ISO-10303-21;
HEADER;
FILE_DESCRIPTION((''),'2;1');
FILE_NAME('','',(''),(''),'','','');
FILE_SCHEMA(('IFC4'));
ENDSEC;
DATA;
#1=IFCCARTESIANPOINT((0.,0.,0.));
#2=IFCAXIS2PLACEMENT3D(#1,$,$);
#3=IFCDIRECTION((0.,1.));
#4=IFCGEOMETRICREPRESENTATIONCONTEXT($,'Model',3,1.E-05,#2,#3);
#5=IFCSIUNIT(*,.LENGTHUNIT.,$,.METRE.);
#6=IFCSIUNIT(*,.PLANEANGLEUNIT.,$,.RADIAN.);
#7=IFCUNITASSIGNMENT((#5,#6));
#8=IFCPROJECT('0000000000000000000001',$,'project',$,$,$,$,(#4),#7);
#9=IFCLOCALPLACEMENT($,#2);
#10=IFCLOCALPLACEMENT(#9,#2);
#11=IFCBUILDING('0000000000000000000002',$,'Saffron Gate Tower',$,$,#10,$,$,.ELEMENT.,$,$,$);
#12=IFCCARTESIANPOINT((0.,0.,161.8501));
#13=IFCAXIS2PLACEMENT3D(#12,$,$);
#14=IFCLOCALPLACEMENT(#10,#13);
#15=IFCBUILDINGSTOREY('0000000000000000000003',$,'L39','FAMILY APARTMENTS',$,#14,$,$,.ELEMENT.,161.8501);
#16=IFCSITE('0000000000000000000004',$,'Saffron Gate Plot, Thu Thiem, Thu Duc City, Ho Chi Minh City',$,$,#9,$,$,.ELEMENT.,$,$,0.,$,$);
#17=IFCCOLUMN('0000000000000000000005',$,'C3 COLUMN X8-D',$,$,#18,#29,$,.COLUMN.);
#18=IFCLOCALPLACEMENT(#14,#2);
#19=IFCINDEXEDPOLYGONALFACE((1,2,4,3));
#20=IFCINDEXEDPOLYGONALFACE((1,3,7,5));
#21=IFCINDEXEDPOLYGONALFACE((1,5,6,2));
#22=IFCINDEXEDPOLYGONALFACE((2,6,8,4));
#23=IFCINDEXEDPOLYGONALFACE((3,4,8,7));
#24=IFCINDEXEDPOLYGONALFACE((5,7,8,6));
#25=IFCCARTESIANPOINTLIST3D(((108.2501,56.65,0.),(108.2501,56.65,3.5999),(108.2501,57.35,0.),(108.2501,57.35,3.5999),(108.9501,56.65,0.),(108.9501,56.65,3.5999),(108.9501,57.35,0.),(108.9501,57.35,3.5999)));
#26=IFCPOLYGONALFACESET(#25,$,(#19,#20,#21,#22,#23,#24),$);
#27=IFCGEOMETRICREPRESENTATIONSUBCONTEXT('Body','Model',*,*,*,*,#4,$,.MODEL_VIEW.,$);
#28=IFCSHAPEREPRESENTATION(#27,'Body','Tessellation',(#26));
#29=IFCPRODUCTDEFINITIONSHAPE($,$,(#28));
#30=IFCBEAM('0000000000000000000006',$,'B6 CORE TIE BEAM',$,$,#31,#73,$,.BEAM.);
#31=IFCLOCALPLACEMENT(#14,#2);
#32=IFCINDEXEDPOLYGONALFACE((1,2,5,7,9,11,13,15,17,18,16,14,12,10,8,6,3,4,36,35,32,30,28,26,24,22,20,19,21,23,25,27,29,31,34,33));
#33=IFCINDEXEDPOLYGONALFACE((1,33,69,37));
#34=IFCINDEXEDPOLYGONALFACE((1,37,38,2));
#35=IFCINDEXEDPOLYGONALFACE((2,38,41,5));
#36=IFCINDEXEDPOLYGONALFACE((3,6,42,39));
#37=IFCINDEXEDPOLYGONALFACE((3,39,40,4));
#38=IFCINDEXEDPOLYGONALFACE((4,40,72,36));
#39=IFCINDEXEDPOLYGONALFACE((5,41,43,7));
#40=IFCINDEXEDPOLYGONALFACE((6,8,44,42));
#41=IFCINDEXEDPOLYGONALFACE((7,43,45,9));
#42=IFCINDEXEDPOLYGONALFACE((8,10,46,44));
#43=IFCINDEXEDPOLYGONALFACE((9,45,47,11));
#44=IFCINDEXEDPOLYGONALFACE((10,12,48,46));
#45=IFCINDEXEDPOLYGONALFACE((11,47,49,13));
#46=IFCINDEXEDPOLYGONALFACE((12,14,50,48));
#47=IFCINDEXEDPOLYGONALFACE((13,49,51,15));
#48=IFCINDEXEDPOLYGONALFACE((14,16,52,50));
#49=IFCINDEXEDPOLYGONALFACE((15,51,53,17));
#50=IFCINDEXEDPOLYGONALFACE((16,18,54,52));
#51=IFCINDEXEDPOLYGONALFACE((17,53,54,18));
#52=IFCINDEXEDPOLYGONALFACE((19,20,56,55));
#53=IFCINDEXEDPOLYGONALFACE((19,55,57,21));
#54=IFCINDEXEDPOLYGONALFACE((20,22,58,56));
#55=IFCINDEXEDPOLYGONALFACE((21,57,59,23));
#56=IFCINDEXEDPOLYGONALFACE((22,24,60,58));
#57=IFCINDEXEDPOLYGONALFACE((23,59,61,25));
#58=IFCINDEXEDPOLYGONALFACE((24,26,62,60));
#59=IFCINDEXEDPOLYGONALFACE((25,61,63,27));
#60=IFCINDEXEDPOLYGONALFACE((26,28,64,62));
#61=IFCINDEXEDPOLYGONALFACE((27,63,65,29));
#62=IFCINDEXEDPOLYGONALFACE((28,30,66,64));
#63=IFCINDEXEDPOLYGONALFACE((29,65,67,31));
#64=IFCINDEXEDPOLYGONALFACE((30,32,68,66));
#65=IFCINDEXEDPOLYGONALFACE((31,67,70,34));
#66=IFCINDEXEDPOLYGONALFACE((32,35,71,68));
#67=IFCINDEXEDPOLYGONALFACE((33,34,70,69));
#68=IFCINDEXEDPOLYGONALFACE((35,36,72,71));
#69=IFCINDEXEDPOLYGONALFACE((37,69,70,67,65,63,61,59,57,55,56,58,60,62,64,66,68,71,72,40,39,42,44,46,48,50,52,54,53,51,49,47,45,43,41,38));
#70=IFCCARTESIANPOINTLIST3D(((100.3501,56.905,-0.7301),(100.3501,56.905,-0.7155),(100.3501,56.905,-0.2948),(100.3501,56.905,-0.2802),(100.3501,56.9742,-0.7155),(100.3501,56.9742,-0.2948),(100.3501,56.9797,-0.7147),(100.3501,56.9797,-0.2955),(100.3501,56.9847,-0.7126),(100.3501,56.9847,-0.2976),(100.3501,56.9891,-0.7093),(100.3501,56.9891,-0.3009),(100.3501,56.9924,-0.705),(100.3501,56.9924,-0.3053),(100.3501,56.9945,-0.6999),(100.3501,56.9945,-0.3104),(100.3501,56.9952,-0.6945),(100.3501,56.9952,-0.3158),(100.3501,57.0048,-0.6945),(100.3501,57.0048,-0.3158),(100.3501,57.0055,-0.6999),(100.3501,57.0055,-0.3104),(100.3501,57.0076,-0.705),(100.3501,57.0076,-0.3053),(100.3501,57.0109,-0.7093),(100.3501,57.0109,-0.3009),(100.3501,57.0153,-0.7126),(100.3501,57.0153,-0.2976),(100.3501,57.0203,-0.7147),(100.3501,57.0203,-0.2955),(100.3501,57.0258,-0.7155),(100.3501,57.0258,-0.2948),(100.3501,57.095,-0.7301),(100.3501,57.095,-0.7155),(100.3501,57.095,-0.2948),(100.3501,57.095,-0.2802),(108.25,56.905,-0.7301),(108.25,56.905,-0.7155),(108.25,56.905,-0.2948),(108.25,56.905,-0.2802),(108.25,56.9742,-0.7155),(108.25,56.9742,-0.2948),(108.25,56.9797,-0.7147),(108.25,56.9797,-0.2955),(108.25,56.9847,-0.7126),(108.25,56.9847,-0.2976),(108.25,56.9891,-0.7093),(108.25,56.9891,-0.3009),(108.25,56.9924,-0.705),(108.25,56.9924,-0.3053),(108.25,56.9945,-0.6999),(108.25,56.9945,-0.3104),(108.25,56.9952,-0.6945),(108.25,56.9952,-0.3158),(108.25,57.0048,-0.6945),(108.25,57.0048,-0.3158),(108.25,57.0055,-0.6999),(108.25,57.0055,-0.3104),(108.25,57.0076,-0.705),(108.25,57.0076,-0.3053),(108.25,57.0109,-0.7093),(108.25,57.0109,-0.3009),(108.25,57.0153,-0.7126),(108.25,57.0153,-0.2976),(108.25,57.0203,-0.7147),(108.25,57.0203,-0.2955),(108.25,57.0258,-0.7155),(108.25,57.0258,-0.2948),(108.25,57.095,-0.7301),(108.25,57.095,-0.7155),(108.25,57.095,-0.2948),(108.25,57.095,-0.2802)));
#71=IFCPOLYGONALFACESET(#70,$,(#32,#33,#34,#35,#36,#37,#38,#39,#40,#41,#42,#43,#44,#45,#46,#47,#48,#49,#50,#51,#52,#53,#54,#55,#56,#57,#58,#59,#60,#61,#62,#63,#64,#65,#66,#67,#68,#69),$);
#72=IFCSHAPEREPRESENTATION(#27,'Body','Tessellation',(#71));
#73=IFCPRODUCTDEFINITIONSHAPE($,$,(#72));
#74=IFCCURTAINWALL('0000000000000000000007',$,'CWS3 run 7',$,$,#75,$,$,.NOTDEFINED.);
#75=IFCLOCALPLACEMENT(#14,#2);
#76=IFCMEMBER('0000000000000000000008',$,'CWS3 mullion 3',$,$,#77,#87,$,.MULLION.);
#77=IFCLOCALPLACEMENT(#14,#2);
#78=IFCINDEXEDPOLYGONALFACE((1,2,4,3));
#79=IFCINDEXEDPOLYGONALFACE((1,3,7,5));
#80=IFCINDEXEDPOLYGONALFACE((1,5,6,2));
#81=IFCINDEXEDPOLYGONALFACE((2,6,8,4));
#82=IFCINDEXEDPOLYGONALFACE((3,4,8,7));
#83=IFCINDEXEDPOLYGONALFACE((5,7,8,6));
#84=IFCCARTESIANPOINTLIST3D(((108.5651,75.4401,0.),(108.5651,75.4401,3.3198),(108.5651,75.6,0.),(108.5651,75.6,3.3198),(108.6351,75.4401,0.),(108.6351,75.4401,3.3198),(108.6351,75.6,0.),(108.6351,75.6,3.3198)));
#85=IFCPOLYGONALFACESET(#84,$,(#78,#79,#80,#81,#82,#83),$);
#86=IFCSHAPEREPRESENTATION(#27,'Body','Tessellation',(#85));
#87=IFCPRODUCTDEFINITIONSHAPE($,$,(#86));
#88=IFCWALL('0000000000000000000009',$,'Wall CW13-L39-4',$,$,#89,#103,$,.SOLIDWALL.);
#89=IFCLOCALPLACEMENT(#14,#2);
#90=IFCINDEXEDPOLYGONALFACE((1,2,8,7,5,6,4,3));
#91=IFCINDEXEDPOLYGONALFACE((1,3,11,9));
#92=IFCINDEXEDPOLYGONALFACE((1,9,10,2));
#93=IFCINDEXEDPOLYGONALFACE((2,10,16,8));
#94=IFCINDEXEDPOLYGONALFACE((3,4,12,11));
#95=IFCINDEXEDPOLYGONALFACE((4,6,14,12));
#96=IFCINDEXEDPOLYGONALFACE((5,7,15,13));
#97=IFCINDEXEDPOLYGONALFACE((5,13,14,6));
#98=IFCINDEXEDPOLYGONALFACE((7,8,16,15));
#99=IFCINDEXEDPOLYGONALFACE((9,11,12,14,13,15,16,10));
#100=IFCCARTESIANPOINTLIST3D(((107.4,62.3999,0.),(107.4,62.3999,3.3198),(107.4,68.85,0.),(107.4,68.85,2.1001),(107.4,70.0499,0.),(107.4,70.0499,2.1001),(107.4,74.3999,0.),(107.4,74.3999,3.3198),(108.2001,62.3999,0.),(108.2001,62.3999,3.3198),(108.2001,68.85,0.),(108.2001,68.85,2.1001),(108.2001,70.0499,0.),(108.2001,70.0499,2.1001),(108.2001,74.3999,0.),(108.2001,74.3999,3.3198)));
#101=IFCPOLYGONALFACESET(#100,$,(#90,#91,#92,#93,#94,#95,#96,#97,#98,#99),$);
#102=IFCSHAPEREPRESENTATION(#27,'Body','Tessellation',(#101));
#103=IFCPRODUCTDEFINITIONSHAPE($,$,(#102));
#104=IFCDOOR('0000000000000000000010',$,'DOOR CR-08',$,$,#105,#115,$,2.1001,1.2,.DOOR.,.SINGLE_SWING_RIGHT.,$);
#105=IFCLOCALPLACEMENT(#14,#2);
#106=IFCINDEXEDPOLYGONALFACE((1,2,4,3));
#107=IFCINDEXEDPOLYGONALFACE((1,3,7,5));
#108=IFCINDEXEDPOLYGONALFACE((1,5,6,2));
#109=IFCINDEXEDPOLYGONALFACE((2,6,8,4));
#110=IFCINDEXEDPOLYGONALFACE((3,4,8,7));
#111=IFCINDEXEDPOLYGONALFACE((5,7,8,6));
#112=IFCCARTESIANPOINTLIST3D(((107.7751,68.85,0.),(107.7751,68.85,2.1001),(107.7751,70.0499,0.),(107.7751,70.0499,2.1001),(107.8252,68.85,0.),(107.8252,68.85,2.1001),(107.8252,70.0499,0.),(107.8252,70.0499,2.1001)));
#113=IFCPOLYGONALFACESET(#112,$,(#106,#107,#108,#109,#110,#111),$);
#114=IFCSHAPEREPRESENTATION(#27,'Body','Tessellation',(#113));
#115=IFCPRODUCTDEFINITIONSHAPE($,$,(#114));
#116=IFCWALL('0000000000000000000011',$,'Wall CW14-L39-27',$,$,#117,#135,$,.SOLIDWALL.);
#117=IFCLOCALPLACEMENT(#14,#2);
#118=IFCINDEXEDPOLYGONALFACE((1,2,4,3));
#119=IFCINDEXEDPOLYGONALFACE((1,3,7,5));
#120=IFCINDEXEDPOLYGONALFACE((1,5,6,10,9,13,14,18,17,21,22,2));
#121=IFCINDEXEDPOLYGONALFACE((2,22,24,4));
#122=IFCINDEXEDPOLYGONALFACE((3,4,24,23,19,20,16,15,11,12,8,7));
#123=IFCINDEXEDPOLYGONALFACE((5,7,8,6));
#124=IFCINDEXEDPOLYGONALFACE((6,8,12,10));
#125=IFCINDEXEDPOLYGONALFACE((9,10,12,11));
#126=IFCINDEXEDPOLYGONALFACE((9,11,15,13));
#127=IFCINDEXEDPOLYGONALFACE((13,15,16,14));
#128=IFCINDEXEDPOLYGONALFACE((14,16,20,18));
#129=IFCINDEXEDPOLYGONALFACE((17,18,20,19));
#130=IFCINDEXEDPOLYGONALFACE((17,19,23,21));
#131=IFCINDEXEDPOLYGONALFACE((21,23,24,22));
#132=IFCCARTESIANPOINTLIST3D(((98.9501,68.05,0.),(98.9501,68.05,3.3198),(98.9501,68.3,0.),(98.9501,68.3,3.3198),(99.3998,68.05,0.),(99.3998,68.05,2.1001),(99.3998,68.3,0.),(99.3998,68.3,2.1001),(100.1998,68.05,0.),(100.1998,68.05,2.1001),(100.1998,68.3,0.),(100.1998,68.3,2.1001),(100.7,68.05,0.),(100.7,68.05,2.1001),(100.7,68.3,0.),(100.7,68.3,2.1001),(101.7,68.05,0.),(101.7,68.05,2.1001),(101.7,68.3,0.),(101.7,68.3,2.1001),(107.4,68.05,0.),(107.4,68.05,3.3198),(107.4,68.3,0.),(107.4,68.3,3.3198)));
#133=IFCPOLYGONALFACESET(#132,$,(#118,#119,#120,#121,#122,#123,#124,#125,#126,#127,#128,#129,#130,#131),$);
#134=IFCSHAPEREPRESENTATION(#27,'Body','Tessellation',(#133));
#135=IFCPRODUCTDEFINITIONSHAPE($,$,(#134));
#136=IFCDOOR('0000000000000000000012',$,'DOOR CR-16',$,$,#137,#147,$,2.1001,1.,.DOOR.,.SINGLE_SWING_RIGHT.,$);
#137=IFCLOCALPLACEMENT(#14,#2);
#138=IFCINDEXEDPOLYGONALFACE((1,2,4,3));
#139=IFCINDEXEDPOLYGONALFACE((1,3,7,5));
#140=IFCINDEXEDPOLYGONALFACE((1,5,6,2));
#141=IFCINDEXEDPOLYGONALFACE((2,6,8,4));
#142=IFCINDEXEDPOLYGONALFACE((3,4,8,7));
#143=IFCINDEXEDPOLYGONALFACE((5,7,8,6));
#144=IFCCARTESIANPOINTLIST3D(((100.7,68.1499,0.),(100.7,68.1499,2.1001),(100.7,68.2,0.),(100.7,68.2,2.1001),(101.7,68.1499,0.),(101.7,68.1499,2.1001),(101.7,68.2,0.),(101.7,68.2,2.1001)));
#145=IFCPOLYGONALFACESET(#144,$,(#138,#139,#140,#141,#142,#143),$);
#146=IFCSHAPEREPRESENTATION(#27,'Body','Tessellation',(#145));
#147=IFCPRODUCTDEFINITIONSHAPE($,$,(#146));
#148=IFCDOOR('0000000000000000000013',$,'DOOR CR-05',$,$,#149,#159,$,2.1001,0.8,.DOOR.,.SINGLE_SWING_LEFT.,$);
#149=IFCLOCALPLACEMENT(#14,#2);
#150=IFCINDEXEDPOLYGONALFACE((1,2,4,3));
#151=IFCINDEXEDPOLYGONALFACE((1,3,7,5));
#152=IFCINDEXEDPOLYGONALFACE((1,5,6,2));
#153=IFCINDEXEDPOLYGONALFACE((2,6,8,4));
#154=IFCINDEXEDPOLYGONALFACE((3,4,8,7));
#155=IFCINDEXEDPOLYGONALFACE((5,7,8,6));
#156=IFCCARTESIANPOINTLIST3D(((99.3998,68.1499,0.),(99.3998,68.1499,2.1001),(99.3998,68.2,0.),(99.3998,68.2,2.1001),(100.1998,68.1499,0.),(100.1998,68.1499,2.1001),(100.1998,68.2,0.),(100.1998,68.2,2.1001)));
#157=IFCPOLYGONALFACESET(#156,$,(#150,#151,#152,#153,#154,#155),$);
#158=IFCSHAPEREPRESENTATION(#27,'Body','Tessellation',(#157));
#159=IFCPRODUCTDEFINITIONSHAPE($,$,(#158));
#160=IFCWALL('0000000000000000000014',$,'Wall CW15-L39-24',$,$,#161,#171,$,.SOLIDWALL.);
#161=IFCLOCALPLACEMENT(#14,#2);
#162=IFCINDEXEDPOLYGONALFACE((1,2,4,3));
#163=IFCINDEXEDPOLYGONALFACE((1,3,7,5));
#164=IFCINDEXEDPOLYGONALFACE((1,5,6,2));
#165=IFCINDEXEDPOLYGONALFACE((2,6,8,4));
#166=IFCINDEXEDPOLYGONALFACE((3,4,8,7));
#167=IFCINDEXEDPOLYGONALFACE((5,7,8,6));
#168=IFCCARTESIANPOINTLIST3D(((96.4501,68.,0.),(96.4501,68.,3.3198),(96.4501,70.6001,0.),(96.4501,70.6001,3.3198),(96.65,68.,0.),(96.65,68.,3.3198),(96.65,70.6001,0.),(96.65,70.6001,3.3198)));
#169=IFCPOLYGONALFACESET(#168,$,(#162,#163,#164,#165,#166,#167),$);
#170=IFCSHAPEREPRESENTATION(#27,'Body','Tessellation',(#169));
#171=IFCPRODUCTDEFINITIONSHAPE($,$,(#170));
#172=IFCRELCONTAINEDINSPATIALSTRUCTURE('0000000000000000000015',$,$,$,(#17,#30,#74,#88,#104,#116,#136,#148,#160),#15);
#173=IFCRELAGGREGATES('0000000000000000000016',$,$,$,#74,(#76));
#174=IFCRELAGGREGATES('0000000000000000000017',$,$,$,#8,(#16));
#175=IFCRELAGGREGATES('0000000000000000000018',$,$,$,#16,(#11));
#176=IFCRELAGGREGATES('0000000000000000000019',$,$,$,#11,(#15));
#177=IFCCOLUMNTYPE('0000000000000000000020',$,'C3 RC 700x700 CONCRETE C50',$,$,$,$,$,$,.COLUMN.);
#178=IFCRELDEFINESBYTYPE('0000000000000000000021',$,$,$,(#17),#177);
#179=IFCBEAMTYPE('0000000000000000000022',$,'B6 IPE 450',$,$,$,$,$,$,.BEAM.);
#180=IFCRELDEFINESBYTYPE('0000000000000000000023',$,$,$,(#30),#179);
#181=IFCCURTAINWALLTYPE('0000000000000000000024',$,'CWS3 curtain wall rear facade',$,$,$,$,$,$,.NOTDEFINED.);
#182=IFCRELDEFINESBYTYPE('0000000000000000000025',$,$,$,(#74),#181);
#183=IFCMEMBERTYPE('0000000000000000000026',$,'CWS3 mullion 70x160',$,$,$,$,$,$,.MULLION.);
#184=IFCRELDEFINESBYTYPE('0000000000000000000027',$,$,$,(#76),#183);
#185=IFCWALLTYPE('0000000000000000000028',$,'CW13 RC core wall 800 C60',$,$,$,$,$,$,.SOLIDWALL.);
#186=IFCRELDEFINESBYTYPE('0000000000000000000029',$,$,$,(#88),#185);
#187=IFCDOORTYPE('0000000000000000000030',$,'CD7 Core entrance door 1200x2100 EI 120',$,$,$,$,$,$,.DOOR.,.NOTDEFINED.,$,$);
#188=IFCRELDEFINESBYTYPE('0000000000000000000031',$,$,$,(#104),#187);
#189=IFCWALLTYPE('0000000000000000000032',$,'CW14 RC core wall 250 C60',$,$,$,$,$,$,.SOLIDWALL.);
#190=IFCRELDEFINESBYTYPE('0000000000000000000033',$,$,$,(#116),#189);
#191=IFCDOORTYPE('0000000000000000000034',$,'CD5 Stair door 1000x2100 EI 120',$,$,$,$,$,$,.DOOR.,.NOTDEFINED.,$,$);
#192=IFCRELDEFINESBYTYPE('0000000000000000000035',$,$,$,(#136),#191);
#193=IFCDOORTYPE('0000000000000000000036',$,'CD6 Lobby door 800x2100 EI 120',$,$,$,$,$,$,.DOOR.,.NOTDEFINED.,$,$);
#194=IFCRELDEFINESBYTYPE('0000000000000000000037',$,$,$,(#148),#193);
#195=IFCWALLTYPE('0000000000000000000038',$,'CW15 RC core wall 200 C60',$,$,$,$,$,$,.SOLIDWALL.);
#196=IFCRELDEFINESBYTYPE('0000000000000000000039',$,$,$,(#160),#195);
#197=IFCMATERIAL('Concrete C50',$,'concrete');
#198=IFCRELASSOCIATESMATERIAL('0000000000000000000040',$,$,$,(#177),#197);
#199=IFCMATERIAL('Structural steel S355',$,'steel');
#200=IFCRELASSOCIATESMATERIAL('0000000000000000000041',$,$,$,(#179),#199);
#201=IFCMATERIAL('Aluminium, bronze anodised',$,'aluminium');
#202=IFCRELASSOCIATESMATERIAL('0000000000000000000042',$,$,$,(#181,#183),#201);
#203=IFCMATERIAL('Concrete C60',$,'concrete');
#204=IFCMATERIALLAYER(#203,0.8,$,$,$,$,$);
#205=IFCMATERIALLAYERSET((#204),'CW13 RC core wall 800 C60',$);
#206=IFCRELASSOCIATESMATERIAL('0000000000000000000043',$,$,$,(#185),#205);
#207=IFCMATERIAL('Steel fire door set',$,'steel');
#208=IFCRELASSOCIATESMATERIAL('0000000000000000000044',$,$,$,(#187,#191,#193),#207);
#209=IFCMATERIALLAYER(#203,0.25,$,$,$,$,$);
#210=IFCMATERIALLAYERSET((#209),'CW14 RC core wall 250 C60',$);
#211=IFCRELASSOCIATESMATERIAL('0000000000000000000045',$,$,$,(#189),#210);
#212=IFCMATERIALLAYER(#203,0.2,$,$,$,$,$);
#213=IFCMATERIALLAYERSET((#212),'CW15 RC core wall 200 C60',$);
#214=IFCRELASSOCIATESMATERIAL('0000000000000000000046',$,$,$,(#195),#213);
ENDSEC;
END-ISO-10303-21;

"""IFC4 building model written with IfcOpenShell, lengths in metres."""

from ifc_helpers import new_model, si_unit, direction, frame, frame_2d, origin, origin_2d, place, context, subcontext, project, spatial, rectangle, i_section, extrude, material, layer, layer_set, material_profile, profile_set, type_object, element, fill, aggregate, save


model = new_model("IFC4")

# Units and contexts
model_context = context("Model", 3, precision=1e-05, world=origin(), true_north=direction((0.0, 1.0)))
body_context = subcontext(model_context, "Body", "Model", "MODEL_VIEW")
ifc_project = project(units=[si_unit("LENGTHUNIT", "METRE"), si_unit("PLANEANGLEUNIT", "RADIAN")], contexts=[model_context])

# Site, building, storey
site_placement = place(None, origin())
site = spatial("IfcSite", under=ifc_project, at=site_placement, Name="Saffron Gate Plot, Thu Thiem, Thu Duc City, Ho Chi Minh City", CompositionType="ELEMENT", RefElevation=0.0)
building_placement = place(site_placement, origin())
building = spatial("IfcBuilding", under=site, at=building_placement, Name="Saffron Gate Tower", CompositionType="ELEMENT")
storey_placement = place(building_placement, frame((0.0, 0.0, 161.8501)))
storey = spatial("IfcBuildingStorey", under=building, at=storey_placement, Name="L39", Description="FAMILY APARTMENTS", CompositionType="ELEMENT", Elevation=161.8501)

# Column
ifc_material_1 = material(Name="Concrete C50", Category="concrete")
ifc_material_profile_1 = material_profile(ifc_material_1, rectangle(XDim=0.7, YDim=0.7, at=origin_2d()))
ifc_profile_set_1 = profile_set([ifc_material_profile_1], Name="Concrete C50")
column_type = type_object("IfcColumnType", Name="C3 RC 700x700 CONCRETE C50", PredefinedType="COLUMN", material=ifc_profile_set_1)
column_placement = place(storey_placement, frame((108.6001, 57.0, 0.0), z_axis=(0.0, 0.0, 1.0), x_axis=(1.0, 0.0, 0.0)))
element("IfcColumn", 1, at=column_placement, inside=storey, type_object=column_type, Name="C3 COLUMN X8-D", PredefinedType="COLUMN", context=body_context, shape_type="SweptSolid", body=[
    extrude(rectangle(XDim=0.7, YDim=0.7, at=origin_2d()), origin(), (0.0, 0.0, 1.0), 3.5999),
])

# Beam
ifc_material_2 = material(Name="Structural steel S355", Category="steel")
ifc_material_profile_2 = material_profile(ifc_material_2, i_section(OverallWidth=0.1899, OverallDepth=0.45, WebThickness=0.0095, FlangeThickness=0.0146, FilletRadius=0.021, at=origin_2d()))
ifc_profile_set_2 = profile_set([ifc_material_profile_2], Name="Structural steel S355")
beam_type = type_object("IfcBeamType", Name="B6 IPE 450", PredefinedType="BEAM", material=ifc_profile_set_2)
beam_placement = place(storey_placement, frame((108.25, 57.0, -0.5051), z_axis=(-1.0, 0.0, 0.0), x_axis=(0.0, -1.0, 0.0)))
element("IfcBeam", 2, at=beam_placement, inside=storey, type_object=beam_type, Name="B6 CORE TIE BEAM", PredefinedType="BEAM", context=body_context, shape_type="SweptSolid", body=[
    extrude(i_section(OverallWidth=0.1899, OverallDepth=0.45, WebThickness=0.0095, FlangeThickness=0.0146, FilletRadius=0.021, at=origin_2d()), origin(), (0.0, 0.0, 1.0), 7.8999),
])

# Curtain wall, member
ifc_material_3 = material(Name="Aluminium, bronze anodised", Category="aluminium")
curtain_wall_type = type_object("IfcCurtainWallType", Name="CWS3 curtain wall rear facade", PredefinedType="NOTDEFINED", material=ifc_material_3)
curtain_wall_placement = place(storey_placement, origin())
curtain_wall = element("IfcCurtainWall", 3, at=curtain_wall_placement, inside=storey, type_object=curtain_wall_type, Name="CWS3 run 7", PredefinedType="NOTDEFINED")
ifc_material_profile_3 = material_profile(ifc_material_3, rectangle(XDim=0.1599, YDim=0.0701, at=origin_2d()))
ifc_profile_set_3 = profile_set([ifc_material_profile_3], Name="Aluminium, bronze anodised")
member_type = type_object("IfcMemberType", Name="CWS3 mullion 70x160", PredefinedType="MULLION", material=ifc_profile_set_3)
member_placement = place(storey_placement, frame((108.6001, 75.52, 0.0), z_axis=(0.0, 0.0, 1.0), x_axis=(0.0, -1.0, 0.0)))
member = element("IfcMember", 4, at=member_placement, type_object=member_type, Name="CWS3 mullion 3", PredefinedType="MULLION", context=body_context, shape_type="SweptSolid", body=[
    extrude(rectangle(XDim=0.1599, YDim=0.0701, at=origin_2d()), origin(), (0.0, 0.0, 1.0), 3.3198),
])
aggregate(curtain_wall, [member])

# Wall, opening, door
ifc_material_4 = material(Name="Concrete C60", Category="concrete")
ifc_layer_1 = layer(ifc_material_4, 0.8)
ifc_layer_set_1 = layer_set([ifc_layer_1], Name="CW13 RC core wall 800 C60")
wall_type_1 = type_object("IfcWallType", Name="CW13 RC core wall 800 C60", PredefinedType="SOLIDWALL", material=ifc_layer_set_1)
wall_1_placement = place(storey_placement, frame((107.8, 62.3999, 0.0), z_axis=(0.0, 0.0, 1.0), x_axis=(0.0, 1.0, 0.0)))
wall_1 = element("IfcWall", 5, at=wall_1_placement, inside=storey, type_object=wall_type_1, Name="Wall CW13-L39-4", PredefinedType="SOLIDWALL", context=body_context, shape_type="SweptSolid", body=[
    extrude(rectangle(XDim=12.0, YDim=0.8, at=frame_2d((6.0, 0.0))), origin(), (0.0, 0.0, 1.0), 3.3198),
])
opening_1_placement = place(wall_1_placement, frame((6.45, 0.0, 0.0)))
opening_1 = element("IfcOpeningElement", 6, at=opening_1_placement, cuts=wall_1, PredefinedType="OPENING", context=body_context, shape_type="SweptSolid", body=[
    extrude(rectangle(XDim=1.2, YDim=2.1001, at=frame_2d((0.6001, 1.05))), frame((0.0, 0.4102, 0.0), z_axis=(0.0, -1.0, 0.0), x_axis=(1.0, 0.0, 0.0)), (0.0, 0.0, 1.0), 0.8201),
])
ifc_material_5 = material(Name="Steel fire door set", Category="steel")
door_type_1 = type_object("IfcDoorType", Name="CD7 Core entrance door 1200x2100 EI 120", OperationType="NOTDEFINED", PredefinedType="DOOR", material=ifc_material_5)
door_1_placement = place(opening_1_placement, origin())
door_1 = element("IfcDoor", 7, at=door_1_placement, inside=storey, type_object=door_type_1, Name="DOOR CR-08", OperationType="SINGLE_SWING_RIGHT", OverallHeight=2.1001, OverallWidth=1.2, PredefinedType="DOOR", context=body_context, shape_type="SweptSolid", body=[
    extrude(rectangle(XDim=1.2, YDim=2.1001, at=frame_2d((0.6001, 1.05))), frame((0.0, 0.0249, 0.0), z_axis=(0.0, -1.0, 0.0), x_axis=(1.0, 0.0, 0.0)), (0.0, 0.0, 1.0), 0.05),
])
fill(opening_1, door_1)

# Wall, openings, doors
ifc_layer_2 = layer(ifc_material_4, 0.25)
ifc_layer_set_2 = layer_set([ifc_layer_2], Name="CW14 RC core wall 250 C60")
wall_type_2 = type_object("IfcWallType", Name="CW14 RC core wall 250 C60", PredefinedType="SOLIDWALL", material=ifc_layer_set_2)
wall_2_placement = place(storey_placement, frame((98.95, 68.175, 0.0), z_axis=(0.0, 0.0, 1.0), x_axis=(1.0, 0.0, 0.0)))
wall_2 = element("IfcWall", 8, at=wall_2_placement, inside=storey, type_object=wall_type_2, Name="Wall CW14-L39-27", PredefinedType="SOLIDWALL", context=body_context, shape_type="SweptSolid", body=[
    extrude(rectangle(XDim=8.45, YDim=0.25, at=frame_2d((4.2251, 0.0))), origin(), (0.0, 0.0, 1.0), 3.3198),
])
opening_2_placement = place(wall_2_placement, frame((0.45, 0.0, 0.0)))
opening_2 = element("IfcOpeningElement", 9, at=opening_2_placement, cuts=wall_2, PredefinedType="OPENING", context=body_context, shape_type="SweptSolid", body=[
    extrude(rectangle(XDim=0.8, YDim=2.1001, at=frame_2d((0.3999, 1.05))), frame((0.0, 0.135, 0.0), z_axis=(0.0, -1.0, 0.0), x_axis=(1.0, 0.0, 0.0)), (0.0, 0.0, 1.0), 0.27),
])
opening_3_placement = place(wall_2_placement, frame((1.75, 0.0, 0.0)))
opening_3 = element("IfcOpeningElement", 10, at=opening_3_placement, cuts=wall_2, PredefinedType="OPENING", context=body_context, shape_type="SweptSolid", body=[
    extrude(rectangle(XDim=1.0, YDim=2.1001, at=frame_2d((0.5, 1.05))), frame((0.0, 0.135, 0.0), z_axis=(0.0, -1.0, 0.0), x_axis=(1.0, 0.0, 0.0)), (0.0, 0.0, 1.0), 0.27),
])
door_type_2 = type_object("IfcDoorType", Name="CD5 Stair door 1000x2100 EI 120", OperationType="NOTDEFINED", PredefinedType="DOOR", material=ifc_material_5)
door_2_placement = place(opening_3_placement, origin())
door_2 = element("IfcDoor", 11, at=door_2_placement, inside=storey, type_object=door_type_2, Name="DOOR CR-16", OperationType="SINGLE_SWING_RIGHT", OverallHeight=2.1001, OverallWidth=1.0, PredefinedType="DOOR", context=body_context, shape_type="SweptSolid", body=[
    extrude(rectangle(XDim=1.0, YDim=2.1001, at=frame_2d((0.5, 1.05))), frame((0.0, 0.0249, 0.0), z_axis=(0.0, -1.0, 0.0), x_axis=(1.0, 0.0, 0.0)), (0.0, 0.0, 1.0), 0.05),
])
fill(opening_3, door_2)
door_type_3 = type_object("IfcDoorType", Name="CD6 Lobby door 800x2100 EI 120", OperationType="NOTDEFINED", PredefinedType="DOOR", material=ifc_material_5)
door_3_placement = place(opening_2_placement, origin())
door_3 = element("IfcDoor", 12, at=door_3_placement, inside=storey, type_object=door_type_3, Name="DOOR CR-05", OperationType="SINGLE_SWING_LEFT", OverallHeight=2.1001, OverallWidth=0.8, PredefinedType="DOOR", context=body_context, shape_type="SweptSolid", body=[
    extrude(rectangle(XDim=0.8, YDim=2.1001, at=frame_2d((0.3999, 1.05))), frame((0.0, 0.0249, 0.0), z_axis=(0.0, -1.0, 0.0), x_axis=(1.0, 0.0, 0.0)), (0.0, 0.0, 1.0), 0.05),
])
fill(opening_2, door_3)

# Wall
ifc_layer_3 = layer(ifc_material_4, 0.2)
ifc_layer_set_3 = layer_set([ifc_layer_3], Name="CW15 RC core wall 200 C60")
wall_type_3 = type_object("IfcWallType", Name="CW15 RC core wall 200 C60", PredefinedType="SOLIDWALL", material=ifc_layer_set_3)
wall_3_placement = place(storey_placement, frame((96.55, 68.0, 0.0), z_axis=(0.0, 0.0, 1.0), x_axis=(0.0, 1.0, 0.0)))
element("IfcWall", 13, at=wall_3_placement, inside=storey, type_object=wall_type_3, Name="Wall CW15-L39-24", PredefinedType="SOLIDWALL", context=body_context, shape_type="SweptSolid", body=[
    extrude(rectangle(XDim=2.6001, YDim=0.2, at=frame_2d((1.3, 0.0))), origin(), (0.0, 0.0, 1.0), 3.3198),
])

save(model, "model.ifc")
